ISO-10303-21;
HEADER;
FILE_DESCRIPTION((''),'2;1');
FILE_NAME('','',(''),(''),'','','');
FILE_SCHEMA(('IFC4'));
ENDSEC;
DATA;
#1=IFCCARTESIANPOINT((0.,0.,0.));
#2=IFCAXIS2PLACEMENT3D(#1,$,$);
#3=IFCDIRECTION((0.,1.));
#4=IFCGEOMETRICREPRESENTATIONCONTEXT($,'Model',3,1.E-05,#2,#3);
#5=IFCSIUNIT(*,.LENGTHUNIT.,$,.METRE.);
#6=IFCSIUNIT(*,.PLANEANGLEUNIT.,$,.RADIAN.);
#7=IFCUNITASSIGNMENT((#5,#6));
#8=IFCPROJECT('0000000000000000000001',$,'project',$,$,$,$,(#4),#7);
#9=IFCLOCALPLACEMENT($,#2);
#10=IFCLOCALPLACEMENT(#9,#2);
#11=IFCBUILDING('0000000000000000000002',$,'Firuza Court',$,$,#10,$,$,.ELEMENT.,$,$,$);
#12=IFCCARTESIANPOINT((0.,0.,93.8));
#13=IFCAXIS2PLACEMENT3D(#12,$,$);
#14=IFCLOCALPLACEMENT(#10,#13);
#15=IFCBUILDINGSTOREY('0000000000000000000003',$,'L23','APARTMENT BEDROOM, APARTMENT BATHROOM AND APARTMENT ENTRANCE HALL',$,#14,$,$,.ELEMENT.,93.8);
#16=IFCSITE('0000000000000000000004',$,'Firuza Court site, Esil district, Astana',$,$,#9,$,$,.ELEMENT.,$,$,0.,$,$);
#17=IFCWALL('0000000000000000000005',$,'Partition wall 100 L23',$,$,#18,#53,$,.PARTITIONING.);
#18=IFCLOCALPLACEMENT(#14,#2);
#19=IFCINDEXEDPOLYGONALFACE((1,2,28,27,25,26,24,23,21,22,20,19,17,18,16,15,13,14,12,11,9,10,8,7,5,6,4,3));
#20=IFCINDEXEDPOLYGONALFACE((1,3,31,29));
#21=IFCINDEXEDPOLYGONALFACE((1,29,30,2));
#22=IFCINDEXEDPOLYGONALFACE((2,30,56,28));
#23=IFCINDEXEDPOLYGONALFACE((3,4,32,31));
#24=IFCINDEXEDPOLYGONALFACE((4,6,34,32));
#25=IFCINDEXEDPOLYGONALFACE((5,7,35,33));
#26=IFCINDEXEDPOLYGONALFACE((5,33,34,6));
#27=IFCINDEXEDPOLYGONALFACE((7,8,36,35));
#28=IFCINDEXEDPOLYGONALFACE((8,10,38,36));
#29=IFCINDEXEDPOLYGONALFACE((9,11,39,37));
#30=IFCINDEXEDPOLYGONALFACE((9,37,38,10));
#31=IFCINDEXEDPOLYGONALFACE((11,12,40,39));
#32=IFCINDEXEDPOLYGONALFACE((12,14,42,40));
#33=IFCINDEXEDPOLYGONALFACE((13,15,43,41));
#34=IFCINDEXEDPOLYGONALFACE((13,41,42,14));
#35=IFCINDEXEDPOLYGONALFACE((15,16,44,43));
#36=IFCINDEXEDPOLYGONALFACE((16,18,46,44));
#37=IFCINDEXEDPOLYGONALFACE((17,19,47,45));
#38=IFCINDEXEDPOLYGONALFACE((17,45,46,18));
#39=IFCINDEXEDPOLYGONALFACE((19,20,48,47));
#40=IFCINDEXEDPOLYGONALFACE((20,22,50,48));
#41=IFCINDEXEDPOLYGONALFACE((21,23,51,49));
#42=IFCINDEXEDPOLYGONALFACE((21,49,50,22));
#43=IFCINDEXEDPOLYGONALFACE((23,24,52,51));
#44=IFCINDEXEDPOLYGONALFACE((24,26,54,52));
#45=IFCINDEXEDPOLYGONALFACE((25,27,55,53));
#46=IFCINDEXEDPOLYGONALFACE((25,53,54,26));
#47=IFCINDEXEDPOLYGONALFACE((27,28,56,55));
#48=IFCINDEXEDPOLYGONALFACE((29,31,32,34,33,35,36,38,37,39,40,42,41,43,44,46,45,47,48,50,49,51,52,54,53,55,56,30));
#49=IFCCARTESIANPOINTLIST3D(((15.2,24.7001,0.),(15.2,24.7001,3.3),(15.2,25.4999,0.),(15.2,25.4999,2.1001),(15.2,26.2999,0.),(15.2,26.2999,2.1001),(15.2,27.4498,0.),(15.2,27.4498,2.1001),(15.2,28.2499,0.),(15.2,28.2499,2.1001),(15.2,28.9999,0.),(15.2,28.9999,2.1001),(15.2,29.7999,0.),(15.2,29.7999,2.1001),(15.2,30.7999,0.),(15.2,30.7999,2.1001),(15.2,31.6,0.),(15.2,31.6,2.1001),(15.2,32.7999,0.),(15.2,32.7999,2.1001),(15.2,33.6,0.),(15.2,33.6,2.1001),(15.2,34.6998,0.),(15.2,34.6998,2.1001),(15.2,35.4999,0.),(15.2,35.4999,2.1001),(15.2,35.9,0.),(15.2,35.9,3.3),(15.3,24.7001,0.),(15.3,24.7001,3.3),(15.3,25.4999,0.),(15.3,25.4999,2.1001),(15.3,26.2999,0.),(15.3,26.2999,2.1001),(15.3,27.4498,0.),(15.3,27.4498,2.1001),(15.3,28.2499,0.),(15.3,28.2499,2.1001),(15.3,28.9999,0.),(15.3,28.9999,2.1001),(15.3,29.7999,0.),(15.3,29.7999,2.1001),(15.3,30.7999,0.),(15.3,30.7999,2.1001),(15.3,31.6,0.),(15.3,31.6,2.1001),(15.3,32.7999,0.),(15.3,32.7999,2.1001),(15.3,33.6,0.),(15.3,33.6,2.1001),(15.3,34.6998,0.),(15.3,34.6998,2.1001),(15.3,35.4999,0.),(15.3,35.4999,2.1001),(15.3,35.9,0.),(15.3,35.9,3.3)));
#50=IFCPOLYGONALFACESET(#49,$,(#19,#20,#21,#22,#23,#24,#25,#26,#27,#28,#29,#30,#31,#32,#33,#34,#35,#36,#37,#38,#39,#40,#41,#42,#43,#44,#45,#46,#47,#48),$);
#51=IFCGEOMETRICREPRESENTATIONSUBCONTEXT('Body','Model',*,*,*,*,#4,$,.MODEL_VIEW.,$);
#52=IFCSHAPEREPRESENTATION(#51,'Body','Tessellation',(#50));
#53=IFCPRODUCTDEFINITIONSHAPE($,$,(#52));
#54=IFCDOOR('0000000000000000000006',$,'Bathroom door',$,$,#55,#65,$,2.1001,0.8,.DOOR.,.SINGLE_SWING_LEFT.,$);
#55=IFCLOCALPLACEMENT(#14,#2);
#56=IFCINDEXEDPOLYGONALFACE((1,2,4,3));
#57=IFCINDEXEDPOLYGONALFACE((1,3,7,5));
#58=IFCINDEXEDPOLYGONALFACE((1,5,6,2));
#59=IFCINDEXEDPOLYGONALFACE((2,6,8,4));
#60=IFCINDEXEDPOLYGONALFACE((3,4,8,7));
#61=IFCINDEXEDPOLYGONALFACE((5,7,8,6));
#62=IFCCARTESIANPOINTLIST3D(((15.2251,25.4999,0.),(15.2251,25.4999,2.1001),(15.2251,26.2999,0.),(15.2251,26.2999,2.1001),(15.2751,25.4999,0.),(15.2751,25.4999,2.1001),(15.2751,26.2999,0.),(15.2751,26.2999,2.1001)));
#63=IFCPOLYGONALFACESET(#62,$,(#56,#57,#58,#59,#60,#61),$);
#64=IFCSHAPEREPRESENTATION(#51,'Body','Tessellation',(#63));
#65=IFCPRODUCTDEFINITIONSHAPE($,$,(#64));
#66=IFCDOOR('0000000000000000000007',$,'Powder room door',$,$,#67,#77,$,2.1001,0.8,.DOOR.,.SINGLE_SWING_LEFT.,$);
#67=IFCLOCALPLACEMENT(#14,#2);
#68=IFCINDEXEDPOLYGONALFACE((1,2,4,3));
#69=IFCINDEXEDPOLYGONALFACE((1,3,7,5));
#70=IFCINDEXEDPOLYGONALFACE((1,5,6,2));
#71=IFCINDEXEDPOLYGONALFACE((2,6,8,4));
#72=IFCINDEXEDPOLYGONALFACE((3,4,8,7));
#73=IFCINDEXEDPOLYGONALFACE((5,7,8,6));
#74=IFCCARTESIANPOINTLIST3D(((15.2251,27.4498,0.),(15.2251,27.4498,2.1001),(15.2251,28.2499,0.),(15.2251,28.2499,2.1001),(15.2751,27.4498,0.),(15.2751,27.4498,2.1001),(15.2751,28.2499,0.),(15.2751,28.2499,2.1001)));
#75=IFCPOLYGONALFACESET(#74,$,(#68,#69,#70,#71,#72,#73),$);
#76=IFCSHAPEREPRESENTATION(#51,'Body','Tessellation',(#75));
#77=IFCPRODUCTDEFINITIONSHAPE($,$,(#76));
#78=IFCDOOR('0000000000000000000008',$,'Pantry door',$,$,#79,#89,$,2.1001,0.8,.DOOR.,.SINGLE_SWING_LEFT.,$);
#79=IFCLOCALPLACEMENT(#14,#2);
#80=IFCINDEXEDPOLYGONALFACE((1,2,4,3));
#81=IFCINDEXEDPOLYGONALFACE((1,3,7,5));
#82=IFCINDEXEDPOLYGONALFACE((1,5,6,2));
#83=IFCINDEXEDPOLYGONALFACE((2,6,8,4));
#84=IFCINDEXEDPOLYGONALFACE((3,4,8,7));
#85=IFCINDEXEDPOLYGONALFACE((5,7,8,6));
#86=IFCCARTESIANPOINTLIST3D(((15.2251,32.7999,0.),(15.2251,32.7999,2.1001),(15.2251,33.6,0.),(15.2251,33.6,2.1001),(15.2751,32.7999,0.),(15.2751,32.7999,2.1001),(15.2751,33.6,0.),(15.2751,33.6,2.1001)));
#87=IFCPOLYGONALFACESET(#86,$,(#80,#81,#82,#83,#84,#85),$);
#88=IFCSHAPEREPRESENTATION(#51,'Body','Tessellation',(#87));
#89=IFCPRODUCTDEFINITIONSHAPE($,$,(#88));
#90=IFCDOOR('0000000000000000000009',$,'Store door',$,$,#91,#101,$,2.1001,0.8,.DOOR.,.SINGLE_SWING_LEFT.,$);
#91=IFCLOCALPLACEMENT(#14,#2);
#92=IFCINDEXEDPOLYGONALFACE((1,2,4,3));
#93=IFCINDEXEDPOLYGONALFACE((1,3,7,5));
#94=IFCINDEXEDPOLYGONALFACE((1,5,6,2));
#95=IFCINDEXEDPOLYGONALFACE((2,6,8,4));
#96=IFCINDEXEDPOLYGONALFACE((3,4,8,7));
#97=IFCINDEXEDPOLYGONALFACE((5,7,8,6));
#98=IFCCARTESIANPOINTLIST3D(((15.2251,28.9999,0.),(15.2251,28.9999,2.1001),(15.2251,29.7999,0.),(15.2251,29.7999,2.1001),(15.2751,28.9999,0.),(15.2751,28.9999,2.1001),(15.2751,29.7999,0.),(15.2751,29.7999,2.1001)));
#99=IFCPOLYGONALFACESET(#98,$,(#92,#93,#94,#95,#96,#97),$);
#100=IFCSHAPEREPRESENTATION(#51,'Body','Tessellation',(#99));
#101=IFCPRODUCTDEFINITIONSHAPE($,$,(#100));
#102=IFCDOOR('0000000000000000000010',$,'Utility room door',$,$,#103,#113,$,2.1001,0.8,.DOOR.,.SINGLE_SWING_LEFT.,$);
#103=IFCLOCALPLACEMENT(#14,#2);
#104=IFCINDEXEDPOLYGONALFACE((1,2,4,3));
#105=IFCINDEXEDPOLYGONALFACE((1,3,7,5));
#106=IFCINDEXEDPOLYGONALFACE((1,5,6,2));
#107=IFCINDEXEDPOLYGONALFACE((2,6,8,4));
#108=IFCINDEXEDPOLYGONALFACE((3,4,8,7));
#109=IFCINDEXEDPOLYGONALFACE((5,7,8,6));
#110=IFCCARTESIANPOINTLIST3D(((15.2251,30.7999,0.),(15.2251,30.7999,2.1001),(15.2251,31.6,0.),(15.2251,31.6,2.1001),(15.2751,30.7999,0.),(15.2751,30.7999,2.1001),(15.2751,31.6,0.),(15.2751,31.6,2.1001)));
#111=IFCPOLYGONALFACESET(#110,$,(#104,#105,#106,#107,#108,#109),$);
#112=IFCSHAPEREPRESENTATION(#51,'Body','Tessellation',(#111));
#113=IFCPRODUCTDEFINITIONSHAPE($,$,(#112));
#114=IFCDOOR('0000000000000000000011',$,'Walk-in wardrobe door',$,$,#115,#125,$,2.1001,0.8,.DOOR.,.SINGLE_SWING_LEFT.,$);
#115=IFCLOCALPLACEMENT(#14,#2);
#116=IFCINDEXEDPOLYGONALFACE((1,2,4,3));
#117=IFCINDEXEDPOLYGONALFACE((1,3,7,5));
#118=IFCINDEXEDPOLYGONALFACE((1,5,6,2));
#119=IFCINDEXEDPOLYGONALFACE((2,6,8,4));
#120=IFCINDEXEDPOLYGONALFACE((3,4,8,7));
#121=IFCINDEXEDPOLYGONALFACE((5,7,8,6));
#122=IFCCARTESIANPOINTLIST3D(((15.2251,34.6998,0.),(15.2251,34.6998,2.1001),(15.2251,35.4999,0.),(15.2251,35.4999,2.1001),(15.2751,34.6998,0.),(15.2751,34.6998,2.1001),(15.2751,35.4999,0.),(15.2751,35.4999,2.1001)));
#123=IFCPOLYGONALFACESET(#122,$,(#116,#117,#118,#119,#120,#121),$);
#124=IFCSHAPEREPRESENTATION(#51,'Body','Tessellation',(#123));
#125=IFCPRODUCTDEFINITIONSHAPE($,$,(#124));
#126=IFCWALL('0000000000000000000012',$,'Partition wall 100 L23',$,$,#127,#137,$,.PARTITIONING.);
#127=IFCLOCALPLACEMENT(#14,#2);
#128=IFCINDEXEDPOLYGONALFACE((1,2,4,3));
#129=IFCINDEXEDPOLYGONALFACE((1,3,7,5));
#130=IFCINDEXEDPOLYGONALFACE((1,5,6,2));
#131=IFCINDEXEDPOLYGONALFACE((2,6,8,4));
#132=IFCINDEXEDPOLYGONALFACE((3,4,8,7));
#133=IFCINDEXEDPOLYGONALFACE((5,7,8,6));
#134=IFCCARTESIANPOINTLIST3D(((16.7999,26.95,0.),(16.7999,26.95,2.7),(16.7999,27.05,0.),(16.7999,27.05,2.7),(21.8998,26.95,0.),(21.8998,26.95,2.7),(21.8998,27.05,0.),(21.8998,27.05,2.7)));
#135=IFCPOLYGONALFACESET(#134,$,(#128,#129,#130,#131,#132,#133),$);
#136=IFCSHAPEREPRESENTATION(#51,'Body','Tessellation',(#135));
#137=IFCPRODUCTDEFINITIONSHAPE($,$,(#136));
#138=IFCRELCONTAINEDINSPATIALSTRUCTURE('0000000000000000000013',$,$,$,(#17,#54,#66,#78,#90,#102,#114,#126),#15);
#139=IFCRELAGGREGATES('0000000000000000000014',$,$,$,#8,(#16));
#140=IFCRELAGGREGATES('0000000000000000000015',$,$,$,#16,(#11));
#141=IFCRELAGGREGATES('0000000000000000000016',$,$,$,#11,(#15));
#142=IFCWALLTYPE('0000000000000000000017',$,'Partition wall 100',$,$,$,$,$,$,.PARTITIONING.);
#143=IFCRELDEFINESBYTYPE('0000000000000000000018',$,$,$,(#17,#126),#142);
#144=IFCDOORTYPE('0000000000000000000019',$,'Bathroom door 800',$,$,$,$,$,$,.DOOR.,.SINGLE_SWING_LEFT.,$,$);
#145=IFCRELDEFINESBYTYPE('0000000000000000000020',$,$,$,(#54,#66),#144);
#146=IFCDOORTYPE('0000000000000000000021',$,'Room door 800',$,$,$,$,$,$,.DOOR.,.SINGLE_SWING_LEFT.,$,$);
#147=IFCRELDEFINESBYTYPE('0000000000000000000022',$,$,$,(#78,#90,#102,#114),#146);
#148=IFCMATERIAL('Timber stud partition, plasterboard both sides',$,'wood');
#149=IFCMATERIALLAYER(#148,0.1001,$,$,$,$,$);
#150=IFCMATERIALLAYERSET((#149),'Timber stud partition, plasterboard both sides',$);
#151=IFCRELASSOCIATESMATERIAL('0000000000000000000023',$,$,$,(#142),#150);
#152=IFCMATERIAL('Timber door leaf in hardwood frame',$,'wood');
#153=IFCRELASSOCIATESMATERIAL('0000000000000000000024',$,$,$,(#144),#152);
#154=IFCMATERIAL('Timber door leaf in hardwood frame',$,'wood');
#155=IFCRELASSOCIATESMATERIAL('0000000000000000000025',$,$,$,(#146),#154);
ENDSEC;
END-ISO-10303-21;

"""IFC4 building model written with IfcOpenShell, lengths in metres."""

from ifc_helpers import new_model, si_unit, direction, frame, frame_2d, origin, place, context, subcontext, project, spatial, rectangle, extrude, material, layer, layer_set, type_object, element, fill, save


model = new_model("IFC4")

# Units and contexts
model_context = context("Model", 3, precision=1e-05, world=origin(), true_north=direction((0.0, 1.0)))
body_context = subcontext(model_context, "Body", "Model", "MODEL_VIEW")
ifc_project = project(units=[si_unit("LENGTHUNIT", "METRE"), si_unit("PLANEANGLEUNIT", "RADIAN")], contexts=[model_context])

# Site, building, storey
site_placement = place(None, origin())
site = spatial("IfcSite", under=ifc_project, at=site_placement, Name="Firuza Court site, Esil district, Astana", CompositionType="ELEMENT", RefElevation=0.0)
building_placement = place(site_placement, origin())
building = spatial("IfcBuilding", under=site, at=building_placement, Name="Firuza Court", CompositionType="ELEMENT")
storey_placement = place(building_placement, frame((0.0, 0.0, 93.8)))
storey = spatial("IfcBuildingStorey", under=building, at=storey_placement, Name="L23", Description="APARTMENT BEDROOM, APARTMENT BATHROOM AND APARTMENT ENTRANCE HALL", CompositionType="ELEMENT", Elevation=93.8)

# Shared definitions
ifc_material_1 = material(Name="Timber stud partition, plasterboard both sides", Category="wood")
ifc_layer_1 = layer(ifc_material_1, 0.1001)
ifc_layer_set_1 = layer_set([ifc_layer_1], Name="Timber stud partition, plasterboard both sides")
wall_type_1 = type_object("IfcWallType", Name="Partition wall 100", PredefinedType="PARTITIONING", material=ifc_layer_set_1)

# Wall, openings, doors
wall_1_placement = place(storey_placement, frame((15.25, 24.7, 0.0), z_axis=(0.0, 0.0, 1.0), x_axis=(0.0, 1.0, 0.0)))
wall_1 = element("IfcWall", 1, at=wall_1_placement, inside=storey, type_object=wall_type_1, Name="Partition wall 100 L23", PredefinedType="PARTITIONING", context=body_context, shape_type="SweptSolid", body=[
    extrude(rectangle(XDim=11.2, YDim=0.1001, at=frame_2d((5.6001, 0.0))), origin(), (0.0, 0.0, 1.0), 3.3),
])
opening_1_placement = place(wall_1_placement, frame((0.8, 0.0, 0.0)))
opening_1 = element("IfcOpeningElement", 2, at=opening_1_placement, cuts=wall_1, PredefinedType="OPENING", context=body_context, shape_type="SweptSolid", body=[
    extrude(rectangle(XDim=0.8, YDim=2.1001, at=frame_2d((0.3999, 1.05))), frame((0.0, 0.062, 0.0), z_axis=(0.0, -1.0, 0.0), x_axis=(1.0, 0.0, 0.0)), (0.0, 0.0, 1.0), 0.124),
])
opening_2_placement = place(wall_1_placement, frame((8.1001, 0.0, 0.0)))
opening_2 = element("IfcOpeningElement", 3, at=opening_2_placement, cuts=wall_1, PredefinedType="OPENING", context=body_context, shape_type="SweptSolid", body=[
    extrude(rectangle(XDim=0.8, YDim=2.1001, at=frame_2d((0.3999, 1.05))), frame((0.0, 0.062, 0.0), z_axis=(0.0, -1.0, 0.0), x_axis=(1.0, 0.0, 0.0)), (0.0, 0.0, 1.0), 0.124),
])
opening_3_placement = place(wall_1_placement, frame((4.3, 0.0, 0.0)))
opening_3 = element("IfcOpeningElement", 4, at=opening_3_placement, cuts=wall_1, PredefinedType="OPENING", context=body_context, shape_type="SweptSolid", body=[
    extrude(rectangle(XDim=0.8, YDim=2.1001, at=frame_2d((0.3999, 1.05))), frame((0.0, 0.062, 0.0), z_axis=(0.0, -1.0, 0.0), x_axis=(1.0, 0.0, 0.0)), (0.0, 0.0, 1.0), 0.124),
])
opening_4_placement = place(wall_1_placement, frame((6.1001, 0.0, 0.0)))
opening_4 = element("IfcOpeningElement", 5, at=opening_4_placement, cuts=wall_1, PredefinedType="OPENING", context=body_context, shape_type="SweptSolid", body=[
    extrude(rectangle(XDim=0.8, YDim=2.1001, at=frame_2d((0.3999, 1.05))), frame((0.0, 0.062, 0.0), z_axis=(0.0, -1.0, 0.0), x_axis=(1.0, 0.0, 0.0)), (0.0, 0.0, 1.0), 0.124),
])
opening_5_placement = place(wall_1_placement, frame((10.0, 0.0, 0.0)))
opening_5 = element("IfcOpeningElement", 6, at=opening_5_placement, cuts=wall_1, PredefinedType="OPENING", context=body_context, shape_type="SweptSolid", body=[
    extrude(rectangle(XDim=0.8, YDim=2.1001, at=frame_2d((0.3999, 1.05))), frame((0.0, 0.062, 0.0), z_axis=(0.0, -1.0, 0.0), x_axis=(1.0, 0.0, 0.0)), (0.0, 0.0, 1.0), 0.124),
])
opening_6_placement = place(wall_1_placement, frame((2.75, 0.0, 0.0)))
opening_6 = element("IfcOpeningElement", 7, at=opening_6_placement, cuts=wall_1, PredefinedType="OPENING", context=body_context, shape_type="SweptSolid", body=[
    extrude(rectangle(XDim=0.8, YDim=2.1001, at=frame_2d((0.3999, 1.05))), frame((0.0, 0.062, 0.0), z_axis=(0.0, -1.0, 0.0), x_axis=(1.0, 0.0, 0.0)), (0.0, 0.0, 1.0), 0.124),
])
ifc_material_2 = material(Name="Timber door leaf in hardwood frame", Category="wood")
door_type_1 = type_object("IfcDoorType", Name="Bathroom door 800", OperationType="SINGLE_SWING_LEFT", PredefinedType="DOOR", material=ifc_material_2)
door_1_placement = place(opening_1_placement, origin())
door_1 = element("IfcDoor", 8, at=door_1_placement, inside=storey, type_object=door_type_1, Name="Bathroom door", OperationType="SINGLE_SWING_LEFT", OverallHeight=2.1001, OverallWidth=0.8, PredefinedType="DOOR", context=body_context, shape_type="SweptSolid", body=[
    extrude(rectangle(XDim=0.8, YDim=2.1001, at=frame_2d((0.3999, 1.05))), frame((0.0, 0.0249, 0.0), z_axis=(0.0, -1.0, 0.0), x_axis=(1.0, 0.0, 0.0)), (0.0, 0.0, 1.0), 0.05),
])
fill(opening_1, door_1)
door_2_placement = place(opening_6_placement, origin())
door_2 = element("IfcDoor", 9, at=door_2_placement, inside=storey, type_object=door_type_1, Name="Powder room door", OperationType="SINGLE_SWING_LEFT", OverallHeight=2.1001, OverallWidth=0.8, PredefinedType="DOOR", context=body_context, shape_type="SweptSolid", body=[
    extrude(rectangle(XDim=0.8, YDim=2.1001, at=frame_2d((0.3999, 1.05))), frame((0.0, 0.0249, 0.0), z_axis=(0.0, -1.0, 0.0), x_axis=(1.0, 0.0, 0.0)), (0.0, 0.0, 1.0), 0.05),
])
fill(opening_6, door_2)
ifc_material_3 = material(Name="Timber door leaf in hardwood frame", Category="wood")
door_type_2 = type_object("IfcDoorType", Name="Room door 800", OperationType="SINGLE_SWING_LEFT", PredefinedType="DOOR", material=ifc_material_3)
door_3_placement = place(opening_2_placement, origin())
door_3 = element("IfcDoor", 10, at=door_3_placement, inside=storey, type_object=door_type_2, Name="Pantry door", OperationType="SINGLE_SWING_LEFT", OverallHeight=2.1001, OverallWidth=0.8, PredefinedType="DOOR", context=body_context, shape_type="SweptSolid", body=[
    extrude(rectangle(XDim=0.8, YDim=2.1001, at=frame_2d((0.3999, 1.05))), frame((0.0, 0.0249, 0.0), z_axis=(0.0, -1.0, 0.0), x_axis=(1.0, 0.0, 0.0)), (0.0, 0.0, 1.0), 0.05),
])
fill(opening_2, door_3)
door_4_placement = place(opening_3_placement, origin())
door_4 = element("IfcDoor", 11, at=door_4_placement, inside=storey, type_object=door_type_2, Name="Store door", OperationType="SINGLE_SWING_LEFT", OverallHeight=2.1001, OverallWidth=0.8, PredefinedType="DOOR", context=body_context, shape_type="SweptSolid", body=[
    extrude(rectangle(XDim=0.8, YDim=2.1001, at=frame_2d((0.3999, 1.05))), frame((0.0, 0.0249, 0.0), z_axis=(0.0, -1.0, 0.0), x_axis=(1.0, 0.0, 0.0)), (0.0, 0.0, 1.0), 0.05),
])
fill(opening_3, door_4)
door_5_placement = place(opening_4_placement, origin())
door_5 = element("IfcDoor", 12, at=door_5_placement, inside=storey, type_object=door_type_2, Name="Utility room door", OperationType="SINGLE_SWING_LEFT", OverallHeight=2.1001, OverallWidth=0.8, PredefinedType="DOOR", context=body_context, shape_type="SweptSolid", body=[
    extrude(rectangle(XDim=0.8, YDim=2.1001, at=frame_2d((0.3999, 1.05))), frame((0.0, 0.0249, 0.0), z_axis=(0.0, -1.0, 0.0), x_axis=(1.0, 0.0, 0.0)), (0.0, 0.0, 1.0), 0.05),
])
fill(opening_4, door_5)
door_6_placement = place(opening_5_placement, origin())
door_6 = element("IfcDoor", 13, at=door_6_placement, inside=storey, type_object=door_type_2, Name="Walk-in wardrobe door", OperationType="SINGLE_SWING_LEFT", OverallHeight=2.1001, OverallWidth=0.8, PredefinedType="DOOR", context=body_context, shape_type="SweptSolid", body=[
    extrude(rectangle(XDim=0.8, YDim=2.1001, at=frame_2d((0.3999, 1.05))), frame((0.0, 0.0249, 0.0), z_axis=(0.0, -1.0, 0.0), x_axis=(1.0, 0.0, 0.0)), (0.0, 0.0, 1.0), 0.05),
])
fill(opening_5, door_6)

# Wall
wall_2_placement = place(storey_placement, frame((16.8, 27.0, 0.0), z_axis=(0.0, 0.0, 1.0), x_axis=(1.0, 0.0, 0.0)))
element("IfcWall", 14, at=wall_2_placement, inside=storey, type_object=wall_type_1, Name="Partition wall 100 L23", PredefinedType="PARTITIONING", context=body_context, shape_type="SweptSolid", body=[
    extrude(rectangle(XDim=5.0999, YDim=0.1001, at=frame_2d((2.5498, 0.0))), origin(), (0.0, 0.0, 1.0), 2.7),
])

save(model, "model.ifc")
